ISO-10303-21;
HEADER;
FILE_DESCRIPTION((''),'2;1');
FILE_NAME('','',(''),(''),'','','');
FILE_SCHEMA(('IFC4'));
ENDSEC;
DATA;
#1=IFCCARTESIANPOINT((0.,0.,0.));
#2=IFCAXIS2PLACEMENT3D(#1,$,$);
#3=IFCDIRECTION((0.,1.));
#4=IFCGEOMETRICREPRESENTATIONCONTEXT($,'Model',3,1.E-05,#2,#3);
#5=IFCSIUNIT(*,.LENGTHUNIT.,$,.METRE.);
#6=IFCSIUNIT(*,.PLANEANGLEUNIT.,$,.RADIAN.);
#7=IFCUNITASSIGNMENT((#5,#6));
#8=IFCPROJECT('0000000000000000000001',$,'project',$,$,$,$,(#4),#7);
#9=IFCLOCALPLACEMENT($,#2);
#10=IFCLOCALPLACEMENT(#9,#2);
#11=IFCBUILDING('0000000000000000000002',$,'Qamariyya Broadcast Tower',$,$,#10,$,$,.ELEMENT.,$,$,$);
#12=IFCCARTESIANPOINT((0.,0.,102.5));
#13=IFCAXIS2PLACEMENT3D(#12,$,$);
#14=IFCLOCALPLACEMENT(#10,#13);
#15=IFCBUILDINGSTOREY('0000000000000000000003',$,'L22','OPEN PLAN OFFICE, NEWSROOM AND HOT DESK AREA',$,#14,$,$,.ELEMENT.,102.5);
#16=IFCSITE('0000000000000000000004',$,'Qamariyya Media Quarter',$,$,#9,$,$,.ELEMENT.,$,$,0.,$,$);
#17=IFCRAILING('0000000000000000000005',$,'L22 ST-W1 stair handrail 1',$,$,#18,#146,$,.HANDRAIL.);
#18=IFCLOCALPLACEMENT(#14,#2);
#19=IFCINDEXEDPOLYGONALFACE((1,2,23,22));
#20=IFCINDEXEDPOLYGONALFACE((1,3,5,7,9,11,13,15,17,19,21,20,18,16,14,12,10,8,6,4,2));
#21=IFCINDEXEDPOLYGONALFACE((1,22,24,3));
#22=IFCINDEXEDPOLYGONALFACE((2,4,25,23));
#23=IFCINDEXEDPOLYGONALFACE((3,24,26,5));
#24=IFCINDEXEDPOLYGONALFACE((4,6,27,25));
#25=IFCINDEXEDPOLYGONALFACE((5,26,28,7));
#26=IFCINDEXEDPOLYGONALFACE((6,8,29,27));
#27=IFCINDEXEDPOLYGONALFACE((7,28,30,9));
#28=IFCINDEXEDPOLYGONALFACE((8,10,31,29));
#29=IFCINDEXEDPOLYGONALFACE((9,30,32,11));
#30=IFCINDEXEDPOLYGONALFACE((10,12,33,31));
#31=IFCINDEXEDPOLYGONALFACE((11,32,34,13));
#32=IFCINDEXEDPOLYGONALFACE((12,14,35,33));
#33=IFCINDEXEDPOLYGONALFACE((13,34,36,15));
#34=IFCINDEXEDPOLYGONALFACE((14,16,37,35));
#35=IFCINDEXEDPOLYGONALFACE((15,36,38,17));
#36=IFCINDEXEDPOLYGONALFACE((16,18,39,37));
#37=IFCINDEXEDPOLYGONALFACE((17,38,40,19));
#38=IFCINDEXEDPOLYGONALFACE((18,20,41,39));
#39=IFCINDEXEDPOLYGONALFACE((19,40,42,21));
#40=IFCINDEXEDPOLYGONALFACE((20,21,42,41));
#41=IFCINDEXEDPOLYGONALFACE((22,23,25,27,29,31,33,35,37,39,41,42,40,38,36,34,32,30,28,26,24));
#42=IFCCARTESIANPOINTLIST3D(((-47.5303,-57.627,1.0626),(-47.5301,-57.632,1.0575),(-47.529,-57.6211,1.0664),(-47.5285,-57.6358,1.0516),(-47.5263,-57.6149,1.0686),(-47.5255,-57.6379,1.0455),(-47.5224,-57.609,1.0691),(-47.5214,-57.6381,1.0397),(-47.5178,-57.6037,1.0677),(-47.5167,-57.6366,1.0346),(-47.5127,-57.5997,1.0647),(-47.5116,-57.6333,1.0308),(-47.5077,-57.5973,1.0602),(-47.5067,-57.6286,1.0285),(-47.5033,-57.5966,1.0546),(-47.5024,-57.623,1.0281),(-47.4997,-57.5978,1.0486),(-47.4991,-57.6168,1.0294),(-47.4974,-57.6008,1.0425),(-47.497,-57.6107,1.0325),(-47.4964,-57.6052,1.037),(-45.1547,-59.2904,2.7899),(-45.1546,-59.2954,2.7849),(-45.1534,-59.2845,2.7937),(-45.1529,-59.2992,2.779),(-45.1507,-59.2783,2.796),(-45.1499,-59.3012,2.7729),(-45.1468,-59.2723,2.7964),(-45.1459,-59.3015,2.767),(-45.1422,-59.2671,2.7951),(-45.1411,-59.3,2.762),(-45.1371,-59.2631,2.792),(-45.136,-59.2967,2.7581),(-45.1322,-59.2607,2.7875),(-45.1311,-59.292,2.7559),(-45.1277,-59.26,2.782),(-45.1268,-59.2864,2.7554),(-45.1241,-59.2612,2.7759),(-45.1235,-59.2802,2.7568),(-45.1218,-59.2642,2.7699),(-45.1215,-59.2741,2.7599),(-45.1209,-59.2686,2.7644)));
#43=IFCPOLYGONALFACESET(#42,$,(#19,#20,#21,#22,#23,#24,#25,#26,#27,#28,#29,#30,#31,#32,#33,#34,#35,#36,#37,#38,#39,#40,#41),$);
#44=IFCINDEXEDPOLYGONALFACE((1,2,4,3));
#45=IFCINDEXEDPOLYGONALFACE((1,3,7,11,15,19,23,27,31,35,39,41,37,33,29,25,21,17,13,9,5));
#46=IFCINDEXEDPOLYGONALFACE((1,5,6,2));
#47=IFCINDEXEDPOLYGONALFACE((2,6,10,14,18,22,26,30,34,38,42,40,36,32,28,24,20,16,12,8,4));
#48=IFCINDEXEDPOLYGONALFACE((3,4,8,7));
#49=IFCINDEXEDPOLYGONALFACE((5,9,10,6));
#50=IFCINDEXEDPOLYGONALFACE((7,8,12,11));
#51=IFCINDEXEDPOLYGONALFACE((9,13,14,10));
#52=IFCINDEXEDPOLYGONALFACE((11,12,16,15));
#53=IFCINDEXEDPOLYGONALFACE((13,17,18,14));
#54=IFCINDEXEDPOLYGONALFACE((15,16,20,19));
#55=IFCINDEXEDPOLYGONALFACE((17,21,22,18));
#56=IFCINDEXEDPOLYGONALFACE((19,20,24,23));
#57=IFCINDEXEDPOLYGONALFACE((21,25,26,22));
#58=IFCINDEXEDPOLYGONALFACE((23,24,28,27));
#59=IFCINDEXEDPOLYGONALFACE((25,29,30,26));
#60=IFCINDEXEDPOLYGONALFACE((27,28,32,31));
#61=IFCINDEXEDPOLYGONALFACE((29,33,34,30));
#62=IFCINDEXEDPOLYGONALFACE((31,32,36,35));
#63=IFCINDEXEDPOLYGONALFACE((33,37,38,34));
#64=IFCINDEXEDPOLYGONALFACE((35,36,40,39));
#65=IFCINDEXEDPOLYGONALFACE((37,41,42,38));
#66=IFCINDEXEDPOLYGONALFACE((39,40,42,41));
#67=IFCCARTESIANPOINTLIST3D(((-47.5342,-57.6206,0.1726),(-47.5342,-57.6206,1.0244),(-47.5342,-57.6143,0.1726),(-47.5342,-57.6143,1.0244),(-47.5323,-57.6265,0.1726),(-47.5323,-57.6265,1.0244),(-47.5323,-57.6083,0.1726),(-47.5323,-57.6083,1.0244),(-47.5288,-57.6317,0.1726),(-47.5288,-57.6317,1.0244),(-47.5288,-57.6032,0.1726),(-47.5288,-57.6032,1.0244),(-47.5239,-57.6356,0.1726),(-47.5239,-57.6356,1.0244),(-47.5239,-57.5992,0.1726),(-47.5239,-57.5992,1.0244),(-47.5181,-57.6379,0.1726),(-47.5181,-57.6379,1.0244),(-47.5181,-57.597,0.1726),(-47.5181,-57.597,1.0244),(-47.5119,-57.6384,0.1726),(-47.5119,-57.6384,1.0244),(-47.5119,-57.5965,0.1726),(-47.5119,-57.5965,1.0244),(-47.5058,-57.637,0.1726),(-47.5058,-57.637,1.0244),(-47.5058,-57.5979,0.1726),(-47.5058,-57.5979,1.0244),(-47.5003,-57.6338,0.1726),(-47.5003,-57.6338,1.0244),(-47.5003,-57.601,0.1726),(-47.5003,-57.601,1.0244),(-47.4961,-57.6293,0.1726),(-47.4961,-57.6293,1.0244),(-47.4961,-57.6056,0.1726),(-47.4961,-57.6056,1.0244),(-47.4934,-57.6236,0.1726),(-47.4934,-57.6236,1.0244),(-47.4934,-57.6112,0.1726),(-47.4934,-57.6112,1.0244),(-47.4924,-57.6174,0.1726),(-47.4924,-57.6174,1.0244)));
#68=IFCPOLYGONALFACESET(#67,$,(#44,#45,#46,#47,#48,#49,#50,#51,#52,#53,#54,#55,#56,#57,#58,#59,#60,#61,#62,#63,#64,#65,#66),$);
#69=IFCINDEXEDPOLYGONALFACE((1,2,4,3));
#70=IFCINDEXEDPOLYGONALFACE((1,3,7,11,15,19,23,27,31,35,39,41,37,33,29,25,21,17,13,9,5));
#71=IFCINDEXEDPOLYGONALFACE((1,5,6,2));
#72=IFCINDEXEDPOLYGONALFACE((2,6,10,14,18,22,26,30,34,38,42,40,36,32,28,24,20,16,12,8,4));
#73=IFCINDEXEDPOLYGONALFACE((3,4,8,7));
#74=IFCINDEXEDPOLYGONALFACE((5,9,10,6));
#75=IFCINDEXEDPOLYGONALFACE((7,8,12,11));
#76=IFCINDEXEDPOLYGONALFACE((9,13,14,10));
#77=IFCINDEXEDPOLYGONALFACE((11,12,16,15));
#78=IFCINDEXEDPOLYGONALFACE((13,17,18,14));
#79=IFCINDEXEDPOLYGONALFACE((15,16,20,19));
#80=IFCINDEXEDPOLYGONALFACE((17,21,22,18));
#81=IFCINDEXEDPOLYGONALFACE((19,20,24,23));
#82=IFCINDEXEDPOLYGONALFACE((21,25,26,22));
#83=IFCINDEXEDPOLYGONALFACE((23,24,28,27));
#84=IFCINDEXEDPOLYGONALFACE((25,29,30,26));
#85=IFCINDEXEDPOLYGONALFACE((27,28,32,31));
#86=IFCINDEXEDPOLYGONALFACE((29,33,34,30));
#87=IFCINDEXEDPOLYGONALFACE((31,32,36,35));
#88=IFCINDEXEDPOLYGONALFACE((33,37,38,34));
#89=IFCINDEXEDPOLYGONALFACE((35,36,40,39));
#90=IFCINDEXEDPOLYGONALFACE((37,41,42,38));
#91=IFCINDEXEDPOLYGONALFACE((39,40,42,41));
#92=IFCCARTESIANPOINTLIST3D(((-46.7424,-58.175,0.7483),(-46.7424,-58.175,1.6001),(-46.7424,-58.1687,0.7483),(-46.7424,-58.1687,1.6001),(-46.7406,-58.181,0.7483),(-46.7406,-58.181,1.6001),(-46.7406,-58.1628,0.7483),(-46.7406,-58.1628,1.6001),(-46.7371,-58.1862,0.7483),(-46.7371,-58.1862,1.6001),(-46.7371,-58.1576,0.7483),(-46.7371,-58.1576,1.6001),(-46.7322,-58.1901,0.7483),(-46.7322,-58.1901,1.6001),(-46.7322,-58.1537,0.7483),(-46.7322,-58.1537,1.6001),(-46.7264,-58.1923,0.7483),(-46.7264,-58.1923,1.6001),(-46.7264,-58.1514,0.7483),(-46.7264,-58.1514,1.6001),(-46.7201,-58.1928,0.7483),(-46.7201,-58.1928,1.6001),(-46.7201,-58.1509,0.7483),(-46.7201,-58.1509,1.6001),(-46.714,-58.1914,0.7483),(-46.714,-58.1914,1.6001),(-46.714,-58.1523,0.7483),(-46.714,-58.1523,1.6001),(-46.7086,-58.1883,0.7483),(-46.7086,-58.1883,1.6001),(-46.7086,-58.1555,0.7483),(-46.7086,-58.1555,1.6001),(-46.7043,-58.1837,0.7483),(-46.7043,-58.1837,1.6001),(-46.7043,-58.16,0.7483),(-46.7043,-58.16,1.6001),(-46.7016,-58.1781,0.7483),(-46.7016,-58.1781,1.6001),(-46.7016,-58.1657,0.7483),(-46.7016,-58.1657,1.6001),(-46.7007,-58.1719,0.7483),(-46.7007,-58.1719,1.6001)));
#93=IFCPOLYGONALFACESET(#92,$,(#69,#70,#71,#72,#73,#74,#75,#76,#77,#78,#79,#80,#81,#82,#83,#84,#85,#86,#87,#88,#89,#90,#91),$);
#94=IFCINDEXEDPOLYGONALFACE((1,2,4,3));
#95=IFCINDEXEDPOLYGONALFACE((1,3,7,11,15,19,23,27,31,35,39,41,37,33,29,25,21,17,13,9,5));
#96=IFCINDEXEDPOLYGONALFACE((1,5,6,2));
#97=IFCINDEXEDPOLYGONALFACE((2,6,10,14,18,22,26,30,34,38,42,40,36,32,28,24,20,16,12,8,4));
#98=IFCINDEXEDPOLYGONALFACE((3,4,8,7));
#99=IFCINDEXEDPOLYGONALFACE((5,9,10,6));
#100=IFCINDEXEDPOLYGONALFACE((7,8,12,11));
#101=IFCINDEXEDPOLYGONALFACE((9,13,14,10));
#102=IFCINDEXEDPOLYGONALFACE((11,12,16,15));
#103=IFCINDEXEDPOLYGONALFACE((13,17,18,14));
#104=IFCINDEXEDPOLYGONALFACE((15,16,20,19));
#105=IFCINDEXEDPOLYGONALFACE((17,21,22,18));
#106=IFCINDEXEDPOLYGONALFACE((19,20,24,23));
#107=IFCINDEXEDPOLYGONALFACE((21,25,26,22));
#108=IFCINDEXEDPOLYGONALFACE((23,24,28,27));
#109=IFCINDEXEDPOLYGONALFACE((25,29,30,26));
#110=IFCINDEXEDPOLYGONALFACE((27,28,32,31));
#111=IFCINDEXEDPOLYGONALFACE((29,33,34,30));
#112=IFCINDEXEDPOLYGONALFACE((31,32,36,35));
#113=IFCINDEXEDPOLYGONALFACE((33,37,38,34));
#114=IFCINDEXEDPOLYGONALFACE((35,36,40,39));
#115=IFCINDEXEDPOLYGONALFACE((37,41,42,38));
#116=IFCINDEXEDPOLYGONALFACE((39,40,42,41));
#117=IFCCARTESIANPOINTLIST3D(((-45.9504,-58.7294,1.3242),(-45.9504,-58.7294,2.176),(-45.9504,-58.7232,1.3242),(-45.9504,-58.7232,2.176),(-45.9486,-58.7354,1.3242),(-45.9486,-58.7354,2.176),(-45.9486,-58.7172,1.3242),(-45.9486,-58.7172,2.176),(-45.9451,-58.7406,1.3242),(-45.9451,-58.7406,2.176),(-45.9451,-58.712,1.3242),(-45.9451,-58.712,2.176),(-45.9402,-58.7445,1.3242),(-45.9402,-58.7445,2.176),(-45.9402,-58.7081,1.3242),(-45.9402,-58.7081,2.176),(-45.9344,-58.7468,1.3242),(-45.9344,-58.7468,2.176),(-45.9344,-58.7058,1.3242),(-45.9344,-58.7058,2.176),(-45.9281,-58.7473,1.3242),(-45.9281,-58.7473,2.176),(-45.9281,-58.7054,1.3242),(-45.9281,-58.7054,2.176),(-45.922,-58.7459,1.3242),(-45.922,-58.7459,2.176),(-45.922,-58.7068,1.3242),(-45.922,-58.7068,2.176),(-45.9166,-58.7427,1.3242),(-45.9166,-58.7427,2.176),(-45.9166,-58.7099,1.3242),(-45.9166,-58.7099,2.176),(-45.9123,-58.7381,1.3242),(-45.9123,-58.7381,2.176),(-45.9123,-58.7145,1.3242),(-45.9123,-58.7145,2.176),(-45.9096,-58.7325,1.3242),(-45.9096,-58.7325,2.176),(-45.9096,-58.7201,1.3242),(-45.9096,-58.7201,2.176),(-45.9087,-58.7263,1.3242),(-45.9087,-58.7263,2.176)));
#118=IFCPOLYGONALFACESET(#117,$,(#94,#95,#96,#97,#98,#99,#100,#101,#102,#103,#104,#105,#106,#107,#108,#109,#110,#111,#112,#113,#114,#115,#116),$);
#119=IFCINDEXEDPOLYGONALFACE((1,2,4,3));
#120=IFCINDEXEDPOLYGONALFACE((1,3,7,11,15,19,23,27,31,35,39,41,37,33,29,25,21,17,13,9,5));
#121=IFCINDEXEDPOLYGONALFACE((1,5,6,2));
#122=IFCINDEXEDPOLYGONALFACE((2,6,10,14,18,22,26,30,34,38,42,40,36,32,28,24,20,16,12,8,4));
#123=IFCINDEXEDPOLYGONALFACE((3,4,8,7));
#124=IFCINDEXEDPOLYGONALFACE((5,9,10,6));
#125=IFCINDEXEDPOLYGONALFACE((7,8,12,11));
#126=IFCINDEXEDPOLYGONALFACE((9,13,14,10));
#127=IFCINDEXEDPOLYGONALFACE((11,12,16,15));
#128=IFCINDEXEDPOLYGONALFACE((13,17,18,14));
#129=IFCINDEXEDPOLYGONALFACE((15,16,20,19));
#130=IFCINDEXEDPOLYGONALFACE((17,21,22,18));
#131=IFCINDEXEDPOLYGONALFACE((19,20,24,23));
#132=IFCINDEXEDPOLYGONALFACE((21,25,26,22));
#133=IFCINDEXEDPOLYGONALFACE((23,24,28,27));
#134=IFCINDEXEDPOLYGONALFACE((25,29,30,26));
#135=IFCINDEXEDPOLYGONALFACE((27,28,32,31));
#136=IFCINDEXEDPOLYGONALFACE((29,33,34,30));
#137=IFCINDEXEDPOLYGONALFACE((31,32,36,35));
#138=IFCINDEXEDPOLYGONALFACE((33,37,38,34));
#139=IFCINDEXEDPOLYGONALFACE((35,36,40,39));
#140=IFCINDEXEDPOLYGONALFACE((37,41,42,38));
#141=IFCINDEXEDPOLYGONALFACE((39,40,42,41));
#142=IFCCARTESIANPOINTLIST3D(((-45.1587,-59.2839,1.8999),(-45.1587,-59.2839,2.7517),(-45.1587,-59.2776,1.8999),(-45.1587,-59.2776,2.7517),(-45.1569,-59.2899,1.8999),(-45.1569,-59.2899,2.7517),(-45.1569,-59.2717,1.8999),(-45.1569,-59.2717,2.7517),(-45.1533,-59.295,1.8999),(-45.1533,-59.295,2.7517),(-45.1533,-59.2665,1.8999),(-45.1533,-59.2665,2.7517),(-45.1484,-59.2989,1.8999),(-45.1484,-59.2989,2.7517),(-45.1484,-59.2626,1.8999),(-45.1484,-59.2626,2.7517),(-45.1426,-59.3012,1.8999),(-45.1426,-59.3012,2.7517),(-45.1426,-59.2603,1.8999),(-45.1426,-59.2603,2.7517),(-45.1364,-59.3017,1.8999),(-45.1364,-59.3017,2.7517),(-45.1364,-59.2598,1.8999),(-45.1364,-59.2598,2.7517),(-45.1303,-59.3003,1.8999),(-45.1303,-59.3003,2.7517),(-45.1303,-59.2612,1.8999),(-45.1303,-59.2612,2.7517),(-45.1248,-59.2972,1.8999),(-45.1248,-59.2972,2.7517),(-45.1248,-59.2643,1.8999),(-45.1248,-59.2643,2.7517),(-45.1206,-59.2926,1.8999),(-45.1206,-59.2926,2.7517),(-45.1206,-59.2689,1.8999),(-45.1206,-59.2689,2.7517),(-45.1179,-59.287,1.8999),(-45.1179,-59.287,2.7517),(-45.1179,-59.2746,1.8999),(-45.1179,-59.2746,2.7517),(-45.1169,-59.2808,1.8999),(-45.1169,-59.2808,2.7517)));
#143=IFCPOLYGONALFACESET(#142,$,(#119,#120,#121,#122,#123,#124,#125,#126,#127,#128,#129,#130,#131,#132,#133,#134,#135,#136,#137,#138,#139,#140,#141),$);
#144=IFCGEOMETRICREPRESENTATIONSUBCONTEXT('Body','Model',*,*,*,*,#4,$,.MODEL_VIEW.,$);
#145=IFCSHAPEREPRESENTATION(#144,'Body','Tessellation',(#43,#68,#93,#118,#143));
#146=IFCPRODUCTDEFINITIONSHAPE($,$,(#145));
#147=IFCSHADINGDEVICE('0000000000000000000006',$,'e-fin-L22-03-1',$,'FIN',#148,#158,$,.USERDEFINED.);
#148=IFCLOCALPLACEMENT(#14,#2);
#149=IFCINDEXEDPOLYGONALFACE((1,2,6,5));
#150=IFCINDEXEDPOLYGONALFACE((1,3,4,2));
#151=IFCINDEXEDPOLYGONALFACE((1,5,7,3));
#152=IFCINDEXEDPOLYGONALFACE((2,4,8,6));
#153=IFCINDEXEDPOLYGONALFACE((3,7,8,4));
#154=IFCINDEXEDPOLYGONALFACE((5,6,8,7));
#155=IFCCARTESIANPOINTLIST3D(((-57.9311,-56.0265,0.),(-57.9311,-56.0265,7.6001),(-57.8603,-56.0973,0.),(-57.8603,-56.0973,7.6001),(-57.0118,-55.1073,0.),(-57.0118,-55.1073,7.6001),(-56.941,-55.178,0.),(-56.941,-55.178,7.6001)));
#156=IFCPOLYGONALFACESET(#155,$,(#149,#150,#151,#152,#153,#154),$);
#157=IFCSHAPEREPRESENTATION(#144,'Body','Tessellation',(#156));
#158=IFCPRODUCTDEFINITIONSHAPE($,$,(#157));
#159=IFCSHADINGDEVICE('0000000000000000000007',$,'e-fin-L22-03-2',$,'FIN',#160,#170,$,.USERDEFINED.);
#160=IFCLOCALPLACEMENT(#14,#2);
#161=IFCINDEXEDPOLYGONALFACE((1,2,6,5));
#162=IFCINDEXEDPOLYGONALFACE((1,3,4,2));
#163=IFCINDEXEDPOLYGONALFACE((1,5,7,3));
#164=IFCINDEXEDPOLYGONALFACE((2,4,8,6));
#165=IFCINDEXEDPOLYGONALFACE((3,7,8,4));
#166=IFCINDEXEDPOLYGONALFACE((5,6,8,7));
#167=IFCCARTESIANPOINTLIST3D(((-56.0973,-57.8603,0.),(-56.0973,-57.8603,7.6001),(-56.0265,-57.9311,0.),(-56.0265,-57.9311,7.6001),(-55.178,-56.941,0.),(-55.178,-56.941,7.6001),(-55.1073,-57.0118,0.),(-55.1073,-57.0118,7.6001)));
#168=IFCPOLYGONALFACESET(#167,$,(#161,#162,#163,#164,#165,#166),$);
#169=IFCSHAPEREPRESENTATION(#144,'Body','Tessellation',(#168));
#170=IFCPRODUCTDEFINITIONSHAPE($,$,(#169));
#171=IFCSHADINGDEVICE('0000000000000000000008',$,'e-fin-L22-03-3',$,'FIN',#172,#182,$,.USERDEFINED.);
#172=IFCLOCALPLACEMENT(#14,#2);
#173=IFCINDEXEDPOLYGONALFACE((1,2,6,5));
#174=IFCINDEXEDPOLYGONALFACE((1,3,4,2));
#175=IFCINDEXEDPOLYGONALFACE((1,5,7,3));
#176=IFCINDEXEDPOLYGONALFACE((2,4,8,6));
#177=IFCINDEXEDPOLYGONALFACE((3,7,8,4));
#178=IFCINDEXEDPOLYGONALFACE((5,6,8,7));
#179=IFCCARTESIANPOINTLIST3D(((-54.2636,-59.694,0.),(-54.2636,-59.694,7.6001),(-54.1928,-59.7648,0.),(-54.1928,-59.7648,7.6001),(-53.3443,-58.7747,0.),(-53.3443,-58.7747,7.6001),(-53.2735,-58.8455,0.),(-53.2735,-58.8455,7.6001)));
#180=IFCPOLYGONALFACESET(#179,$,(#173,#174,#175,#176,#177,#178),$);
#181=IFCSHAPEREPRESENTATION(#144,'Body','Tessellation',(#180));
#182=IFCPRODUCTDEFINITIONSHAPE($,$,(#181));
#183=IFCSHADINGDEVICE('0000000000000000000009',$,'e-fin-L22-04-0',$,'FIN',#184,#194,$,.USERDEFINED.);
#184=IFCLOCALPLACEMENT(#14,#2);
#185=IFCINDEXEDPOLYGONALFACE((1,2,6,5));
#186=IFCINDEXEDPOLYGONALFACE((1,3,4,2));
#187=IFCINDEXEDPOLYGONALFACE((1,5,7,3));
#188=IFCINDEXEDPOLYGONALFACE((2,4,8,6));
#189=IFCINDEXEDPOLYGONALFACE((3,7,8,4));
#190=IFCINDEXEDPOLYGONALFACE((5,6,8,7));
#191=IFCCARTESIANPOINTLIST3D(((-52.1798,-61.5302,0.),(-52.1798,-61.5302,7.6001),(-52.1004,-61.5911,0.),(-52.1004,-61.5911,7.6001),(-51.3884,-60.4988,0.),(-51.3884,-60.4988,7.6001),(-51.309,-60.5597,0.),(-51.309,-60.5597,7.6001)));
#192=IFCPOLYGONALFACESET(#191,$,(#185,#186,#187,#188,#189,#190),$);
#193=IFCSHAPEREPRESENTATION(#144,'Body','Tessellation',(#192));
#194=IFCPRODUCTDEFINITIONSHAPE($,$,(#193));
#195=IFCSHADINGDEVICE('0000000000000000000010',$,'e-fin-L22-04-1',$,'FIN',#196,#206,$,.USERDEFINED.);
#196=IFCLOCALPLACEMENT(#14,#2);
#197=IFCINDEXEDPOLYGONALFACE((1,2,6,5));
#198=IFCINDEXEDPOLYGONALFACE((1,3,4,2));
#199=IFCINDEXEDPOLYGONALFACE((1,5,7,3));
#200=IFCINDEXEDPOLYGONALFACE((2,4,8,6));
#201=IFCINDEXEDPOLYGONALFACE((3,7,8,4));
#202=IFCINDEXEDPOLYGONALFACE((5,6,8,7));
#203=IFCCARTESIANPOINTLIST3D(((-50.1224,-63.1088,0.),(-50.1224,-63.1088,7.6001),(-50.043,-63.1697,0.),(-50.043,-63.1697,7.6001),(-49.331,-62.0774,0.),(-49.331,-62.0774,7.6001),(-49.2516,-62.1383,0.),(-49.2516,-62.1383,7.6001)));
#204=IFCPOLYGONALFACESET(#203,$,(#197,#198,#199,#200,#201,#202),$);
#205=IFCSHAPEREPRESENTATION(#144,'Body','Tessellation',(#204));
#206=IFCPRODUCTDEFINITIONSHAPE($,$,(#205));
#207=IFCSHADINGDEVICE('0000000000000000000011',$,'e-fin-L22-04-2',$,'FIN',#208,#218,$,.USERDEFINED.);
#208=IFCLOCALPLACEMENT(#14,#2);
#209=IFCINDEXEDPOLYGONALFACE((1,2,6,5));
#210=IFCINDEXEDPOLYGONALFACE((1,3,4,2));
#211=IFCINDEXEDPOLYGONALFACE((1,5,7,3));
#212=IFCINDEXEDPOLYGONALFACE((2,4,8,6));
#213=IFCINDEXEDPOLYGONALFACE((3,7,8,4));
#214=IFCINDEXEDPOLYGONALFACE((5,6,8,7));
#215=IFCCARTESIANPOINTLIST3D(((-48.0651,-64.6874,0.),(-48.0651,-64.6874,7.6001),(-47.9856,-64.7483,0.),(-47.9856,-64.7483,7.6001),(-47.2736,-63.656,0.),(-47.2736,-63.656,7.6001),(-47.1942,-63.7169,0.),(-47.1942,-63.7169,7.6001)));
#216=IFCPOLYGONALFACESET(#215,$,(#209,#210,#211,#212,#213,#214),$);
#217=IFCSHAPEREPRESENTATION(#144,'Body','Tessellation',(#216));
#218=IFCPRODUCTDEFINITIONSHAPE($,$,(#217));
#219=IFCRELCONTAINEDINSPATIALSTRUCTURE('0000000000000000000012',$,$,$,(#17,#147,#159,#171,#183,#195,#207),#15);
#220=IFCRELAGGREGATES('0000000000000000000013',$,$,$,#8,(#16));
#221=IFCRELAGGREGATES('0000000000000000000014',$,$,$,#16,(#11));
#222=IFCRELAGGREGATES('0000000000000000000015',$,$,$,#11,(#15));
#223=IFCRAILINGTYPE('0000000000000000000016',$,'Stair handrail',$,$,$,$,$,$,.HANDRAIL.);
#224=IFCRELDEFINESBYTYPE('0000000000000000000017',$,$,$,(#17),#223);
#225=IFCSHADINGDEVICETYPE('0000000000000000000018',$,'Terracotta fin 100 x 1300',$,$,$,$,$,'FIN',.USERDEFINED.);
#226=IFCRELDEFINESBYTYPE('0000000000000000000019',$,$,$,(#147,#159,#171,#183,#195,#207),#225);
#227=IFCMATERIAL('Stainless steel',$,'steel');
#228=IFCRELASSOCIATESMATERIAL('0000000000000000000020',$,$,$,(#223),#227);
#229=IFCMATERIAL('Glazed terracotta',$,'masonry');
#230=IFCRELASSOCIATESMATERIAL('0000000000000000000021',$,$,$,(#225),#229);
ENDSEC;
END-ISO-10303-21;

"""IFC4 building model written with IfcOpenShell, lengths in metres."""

from ifc_helpers import new_model, si_unit, direction, frame, origin, origin_2d, place, context, subcontext, project, spatial, rectangle, circle, extrude, material, material_profile, profile_set, type_object, element, save


model = new_model("IFC4")

# Units and contexts
model_context = context("Model", 3, precision=1e-05, world=origin(), true_north=direction((0.0, 1.0)))
body_context = subcontext(model_context, "Body", "Model", "MODEL_VIEW")
ifc_project = project(units=[si_unit("LENGTHUNIT", "METRE"), si_unit("PLANEANGLEUNIT", "RADIAN")], contexts=[model_context])

# Site, building, storey
site_placement = place(None, origin())
site = spatial("IfcSite", under=ifc_project, at=site_placement, Name="Qamariyya Media Quarter", CompositionType="ELEMENT", RefElevation=0.0)
building_placement = place(site_placement, origin())
building = spatial("IfcBuilding", under=site, at=building_placement, Name="Qamariyya Broadcast Tower", CompositionType="ELEMENT")
storey_placement = place(building_placement, frame((0.0, 0.0, 102.5)))
storey = spatial("IfcBuildingStorey", under=building, at=storey_placement, Name="L22", Description="OPEN PLAN OFFICE, NEWSROOM AND HOT DESK AREA", CompositionType="ELEMENT", Elevation=102.5)

# Railing
ifc_material_1 = material(Name="Stainless steel", Category="steel")
railing_type_1 = type_object("IfcRailingType", Name="Stair handrail", PredefinedType="HANDRAIL", material=ifc_material_1)
railing_1_placement = place(storey_placement, frame((-47.5134, -57.6174, 0.1726)))
element("IfcRailing", 1, at=railing_1_placement, inside=storey, type_object=railing_type_1, Name="L22 ST-W1 stair handrail 1", PredefinedType="HANDRAIL", context=body_context, shape_type="SweptSolid", body=[
    extrude(circle(Radius=0.0239, at=origin_2d()), frame((0.0, 0.0, 0.876), z_axis=(0.70377, -0.492784, 0.511734), x_axis=(0.573575, 0.819153, 0.0)), (0.0, 0.0, 1.0), 3.3755),
    extrude(circle(Radius=0.021, at=origin_2d()), origin(), (0.0, 0.0, 1.0), 0.8518),
    extrude(circle(Radius=0.021, at=origin_2d()), frame((0.7917, -0.5544, 0.5757)), (0.0, 0.0, 1.0), 0.8518),
    extrude(circle(Radius=0.021, at=origin_2d()), frame((1.5837, -1.1089, 1.1516)), (0.0, 0.0, 1.0), 0.8518),
    extrude(circle(Radius=0.021, at=origin_2d()), frame((2.3755, -1.6633, 1.7273)), (0.0, 0.0, 1.0), 0.8518),
])

# Shading devices
ifc_material_2 = material(Name="Glazed terracotta", Category="masonry")
ifc_material_profile_1 = material_profile(ifc_material_2, rectangle(XDim=1.3, YDim=0.1001, at=origin_2d()))
ifc_profile_set_1 = profile_set([ifc_material_profile_1], Name="Glazed terracotta")
shading_device_type_1 = type_object("IfcShadingDeviceType", Name="Terracotta fin 100 x 1300", ElementType="FIN", PredefinedType="USERDEFINED", material=ifc_profile_set_1)
for number, where, z_axis, x_axis, name in (
    (2, (-57.436, -55.6023, 0.0), (0.0, 0.0, 1.0), (-0.707107, -0.707107, 0.0), "e-fin-L22-03-1"),
    (3, (-55.6023, -57.436, 0.0), (0.0, 0.0, 1.0), (-0.707107, -0.707107, 0.0), "e-fin-L22-03-2"),
    (4, (-53.7686, -59.2698, 0.0), (0.0, 0.0, 1.0), (-0.707107, -0.707107, 0.0), "e-fin-L22-03-3"),
    (5, (-51.7444, -61.0449, 0.0), (0.0, 0.0, 1.0), (-0.608761, -0.793353, 0.0), "e-fin-L22-04-0"),
    (6, (-49.687, -62.6235, 0.0), (0.0, 0.0, 1.0), (-0.608761, -0.793353, 0.0), "e-fin-L22-04-1"),
    (7, (-47.6296, -64.2021, 0.0), (0.0, 0.0, 1.0), (-0.608761, -0.793353, 0.0), "e-fin-L22-04-2"),
):
    element("IfcShadingDevice", number, at=place(storey_placement, frame(where, z_axis=z_axis, x_axis=x_axis)), inside=storey, type_object=shading_device_type_1, Name=name, ObjectType="FIN", PredefinedType="USERDEFINED", context=body_context, shape_type="SweptSolid", body=[
        extrude(rectangle(XDim=1.3, YDim=0.1001, at=origin_2d()), origin(), (0.0, 0.0, 1.0), 7.6001),
    ])

save(model, "model.ifc")
